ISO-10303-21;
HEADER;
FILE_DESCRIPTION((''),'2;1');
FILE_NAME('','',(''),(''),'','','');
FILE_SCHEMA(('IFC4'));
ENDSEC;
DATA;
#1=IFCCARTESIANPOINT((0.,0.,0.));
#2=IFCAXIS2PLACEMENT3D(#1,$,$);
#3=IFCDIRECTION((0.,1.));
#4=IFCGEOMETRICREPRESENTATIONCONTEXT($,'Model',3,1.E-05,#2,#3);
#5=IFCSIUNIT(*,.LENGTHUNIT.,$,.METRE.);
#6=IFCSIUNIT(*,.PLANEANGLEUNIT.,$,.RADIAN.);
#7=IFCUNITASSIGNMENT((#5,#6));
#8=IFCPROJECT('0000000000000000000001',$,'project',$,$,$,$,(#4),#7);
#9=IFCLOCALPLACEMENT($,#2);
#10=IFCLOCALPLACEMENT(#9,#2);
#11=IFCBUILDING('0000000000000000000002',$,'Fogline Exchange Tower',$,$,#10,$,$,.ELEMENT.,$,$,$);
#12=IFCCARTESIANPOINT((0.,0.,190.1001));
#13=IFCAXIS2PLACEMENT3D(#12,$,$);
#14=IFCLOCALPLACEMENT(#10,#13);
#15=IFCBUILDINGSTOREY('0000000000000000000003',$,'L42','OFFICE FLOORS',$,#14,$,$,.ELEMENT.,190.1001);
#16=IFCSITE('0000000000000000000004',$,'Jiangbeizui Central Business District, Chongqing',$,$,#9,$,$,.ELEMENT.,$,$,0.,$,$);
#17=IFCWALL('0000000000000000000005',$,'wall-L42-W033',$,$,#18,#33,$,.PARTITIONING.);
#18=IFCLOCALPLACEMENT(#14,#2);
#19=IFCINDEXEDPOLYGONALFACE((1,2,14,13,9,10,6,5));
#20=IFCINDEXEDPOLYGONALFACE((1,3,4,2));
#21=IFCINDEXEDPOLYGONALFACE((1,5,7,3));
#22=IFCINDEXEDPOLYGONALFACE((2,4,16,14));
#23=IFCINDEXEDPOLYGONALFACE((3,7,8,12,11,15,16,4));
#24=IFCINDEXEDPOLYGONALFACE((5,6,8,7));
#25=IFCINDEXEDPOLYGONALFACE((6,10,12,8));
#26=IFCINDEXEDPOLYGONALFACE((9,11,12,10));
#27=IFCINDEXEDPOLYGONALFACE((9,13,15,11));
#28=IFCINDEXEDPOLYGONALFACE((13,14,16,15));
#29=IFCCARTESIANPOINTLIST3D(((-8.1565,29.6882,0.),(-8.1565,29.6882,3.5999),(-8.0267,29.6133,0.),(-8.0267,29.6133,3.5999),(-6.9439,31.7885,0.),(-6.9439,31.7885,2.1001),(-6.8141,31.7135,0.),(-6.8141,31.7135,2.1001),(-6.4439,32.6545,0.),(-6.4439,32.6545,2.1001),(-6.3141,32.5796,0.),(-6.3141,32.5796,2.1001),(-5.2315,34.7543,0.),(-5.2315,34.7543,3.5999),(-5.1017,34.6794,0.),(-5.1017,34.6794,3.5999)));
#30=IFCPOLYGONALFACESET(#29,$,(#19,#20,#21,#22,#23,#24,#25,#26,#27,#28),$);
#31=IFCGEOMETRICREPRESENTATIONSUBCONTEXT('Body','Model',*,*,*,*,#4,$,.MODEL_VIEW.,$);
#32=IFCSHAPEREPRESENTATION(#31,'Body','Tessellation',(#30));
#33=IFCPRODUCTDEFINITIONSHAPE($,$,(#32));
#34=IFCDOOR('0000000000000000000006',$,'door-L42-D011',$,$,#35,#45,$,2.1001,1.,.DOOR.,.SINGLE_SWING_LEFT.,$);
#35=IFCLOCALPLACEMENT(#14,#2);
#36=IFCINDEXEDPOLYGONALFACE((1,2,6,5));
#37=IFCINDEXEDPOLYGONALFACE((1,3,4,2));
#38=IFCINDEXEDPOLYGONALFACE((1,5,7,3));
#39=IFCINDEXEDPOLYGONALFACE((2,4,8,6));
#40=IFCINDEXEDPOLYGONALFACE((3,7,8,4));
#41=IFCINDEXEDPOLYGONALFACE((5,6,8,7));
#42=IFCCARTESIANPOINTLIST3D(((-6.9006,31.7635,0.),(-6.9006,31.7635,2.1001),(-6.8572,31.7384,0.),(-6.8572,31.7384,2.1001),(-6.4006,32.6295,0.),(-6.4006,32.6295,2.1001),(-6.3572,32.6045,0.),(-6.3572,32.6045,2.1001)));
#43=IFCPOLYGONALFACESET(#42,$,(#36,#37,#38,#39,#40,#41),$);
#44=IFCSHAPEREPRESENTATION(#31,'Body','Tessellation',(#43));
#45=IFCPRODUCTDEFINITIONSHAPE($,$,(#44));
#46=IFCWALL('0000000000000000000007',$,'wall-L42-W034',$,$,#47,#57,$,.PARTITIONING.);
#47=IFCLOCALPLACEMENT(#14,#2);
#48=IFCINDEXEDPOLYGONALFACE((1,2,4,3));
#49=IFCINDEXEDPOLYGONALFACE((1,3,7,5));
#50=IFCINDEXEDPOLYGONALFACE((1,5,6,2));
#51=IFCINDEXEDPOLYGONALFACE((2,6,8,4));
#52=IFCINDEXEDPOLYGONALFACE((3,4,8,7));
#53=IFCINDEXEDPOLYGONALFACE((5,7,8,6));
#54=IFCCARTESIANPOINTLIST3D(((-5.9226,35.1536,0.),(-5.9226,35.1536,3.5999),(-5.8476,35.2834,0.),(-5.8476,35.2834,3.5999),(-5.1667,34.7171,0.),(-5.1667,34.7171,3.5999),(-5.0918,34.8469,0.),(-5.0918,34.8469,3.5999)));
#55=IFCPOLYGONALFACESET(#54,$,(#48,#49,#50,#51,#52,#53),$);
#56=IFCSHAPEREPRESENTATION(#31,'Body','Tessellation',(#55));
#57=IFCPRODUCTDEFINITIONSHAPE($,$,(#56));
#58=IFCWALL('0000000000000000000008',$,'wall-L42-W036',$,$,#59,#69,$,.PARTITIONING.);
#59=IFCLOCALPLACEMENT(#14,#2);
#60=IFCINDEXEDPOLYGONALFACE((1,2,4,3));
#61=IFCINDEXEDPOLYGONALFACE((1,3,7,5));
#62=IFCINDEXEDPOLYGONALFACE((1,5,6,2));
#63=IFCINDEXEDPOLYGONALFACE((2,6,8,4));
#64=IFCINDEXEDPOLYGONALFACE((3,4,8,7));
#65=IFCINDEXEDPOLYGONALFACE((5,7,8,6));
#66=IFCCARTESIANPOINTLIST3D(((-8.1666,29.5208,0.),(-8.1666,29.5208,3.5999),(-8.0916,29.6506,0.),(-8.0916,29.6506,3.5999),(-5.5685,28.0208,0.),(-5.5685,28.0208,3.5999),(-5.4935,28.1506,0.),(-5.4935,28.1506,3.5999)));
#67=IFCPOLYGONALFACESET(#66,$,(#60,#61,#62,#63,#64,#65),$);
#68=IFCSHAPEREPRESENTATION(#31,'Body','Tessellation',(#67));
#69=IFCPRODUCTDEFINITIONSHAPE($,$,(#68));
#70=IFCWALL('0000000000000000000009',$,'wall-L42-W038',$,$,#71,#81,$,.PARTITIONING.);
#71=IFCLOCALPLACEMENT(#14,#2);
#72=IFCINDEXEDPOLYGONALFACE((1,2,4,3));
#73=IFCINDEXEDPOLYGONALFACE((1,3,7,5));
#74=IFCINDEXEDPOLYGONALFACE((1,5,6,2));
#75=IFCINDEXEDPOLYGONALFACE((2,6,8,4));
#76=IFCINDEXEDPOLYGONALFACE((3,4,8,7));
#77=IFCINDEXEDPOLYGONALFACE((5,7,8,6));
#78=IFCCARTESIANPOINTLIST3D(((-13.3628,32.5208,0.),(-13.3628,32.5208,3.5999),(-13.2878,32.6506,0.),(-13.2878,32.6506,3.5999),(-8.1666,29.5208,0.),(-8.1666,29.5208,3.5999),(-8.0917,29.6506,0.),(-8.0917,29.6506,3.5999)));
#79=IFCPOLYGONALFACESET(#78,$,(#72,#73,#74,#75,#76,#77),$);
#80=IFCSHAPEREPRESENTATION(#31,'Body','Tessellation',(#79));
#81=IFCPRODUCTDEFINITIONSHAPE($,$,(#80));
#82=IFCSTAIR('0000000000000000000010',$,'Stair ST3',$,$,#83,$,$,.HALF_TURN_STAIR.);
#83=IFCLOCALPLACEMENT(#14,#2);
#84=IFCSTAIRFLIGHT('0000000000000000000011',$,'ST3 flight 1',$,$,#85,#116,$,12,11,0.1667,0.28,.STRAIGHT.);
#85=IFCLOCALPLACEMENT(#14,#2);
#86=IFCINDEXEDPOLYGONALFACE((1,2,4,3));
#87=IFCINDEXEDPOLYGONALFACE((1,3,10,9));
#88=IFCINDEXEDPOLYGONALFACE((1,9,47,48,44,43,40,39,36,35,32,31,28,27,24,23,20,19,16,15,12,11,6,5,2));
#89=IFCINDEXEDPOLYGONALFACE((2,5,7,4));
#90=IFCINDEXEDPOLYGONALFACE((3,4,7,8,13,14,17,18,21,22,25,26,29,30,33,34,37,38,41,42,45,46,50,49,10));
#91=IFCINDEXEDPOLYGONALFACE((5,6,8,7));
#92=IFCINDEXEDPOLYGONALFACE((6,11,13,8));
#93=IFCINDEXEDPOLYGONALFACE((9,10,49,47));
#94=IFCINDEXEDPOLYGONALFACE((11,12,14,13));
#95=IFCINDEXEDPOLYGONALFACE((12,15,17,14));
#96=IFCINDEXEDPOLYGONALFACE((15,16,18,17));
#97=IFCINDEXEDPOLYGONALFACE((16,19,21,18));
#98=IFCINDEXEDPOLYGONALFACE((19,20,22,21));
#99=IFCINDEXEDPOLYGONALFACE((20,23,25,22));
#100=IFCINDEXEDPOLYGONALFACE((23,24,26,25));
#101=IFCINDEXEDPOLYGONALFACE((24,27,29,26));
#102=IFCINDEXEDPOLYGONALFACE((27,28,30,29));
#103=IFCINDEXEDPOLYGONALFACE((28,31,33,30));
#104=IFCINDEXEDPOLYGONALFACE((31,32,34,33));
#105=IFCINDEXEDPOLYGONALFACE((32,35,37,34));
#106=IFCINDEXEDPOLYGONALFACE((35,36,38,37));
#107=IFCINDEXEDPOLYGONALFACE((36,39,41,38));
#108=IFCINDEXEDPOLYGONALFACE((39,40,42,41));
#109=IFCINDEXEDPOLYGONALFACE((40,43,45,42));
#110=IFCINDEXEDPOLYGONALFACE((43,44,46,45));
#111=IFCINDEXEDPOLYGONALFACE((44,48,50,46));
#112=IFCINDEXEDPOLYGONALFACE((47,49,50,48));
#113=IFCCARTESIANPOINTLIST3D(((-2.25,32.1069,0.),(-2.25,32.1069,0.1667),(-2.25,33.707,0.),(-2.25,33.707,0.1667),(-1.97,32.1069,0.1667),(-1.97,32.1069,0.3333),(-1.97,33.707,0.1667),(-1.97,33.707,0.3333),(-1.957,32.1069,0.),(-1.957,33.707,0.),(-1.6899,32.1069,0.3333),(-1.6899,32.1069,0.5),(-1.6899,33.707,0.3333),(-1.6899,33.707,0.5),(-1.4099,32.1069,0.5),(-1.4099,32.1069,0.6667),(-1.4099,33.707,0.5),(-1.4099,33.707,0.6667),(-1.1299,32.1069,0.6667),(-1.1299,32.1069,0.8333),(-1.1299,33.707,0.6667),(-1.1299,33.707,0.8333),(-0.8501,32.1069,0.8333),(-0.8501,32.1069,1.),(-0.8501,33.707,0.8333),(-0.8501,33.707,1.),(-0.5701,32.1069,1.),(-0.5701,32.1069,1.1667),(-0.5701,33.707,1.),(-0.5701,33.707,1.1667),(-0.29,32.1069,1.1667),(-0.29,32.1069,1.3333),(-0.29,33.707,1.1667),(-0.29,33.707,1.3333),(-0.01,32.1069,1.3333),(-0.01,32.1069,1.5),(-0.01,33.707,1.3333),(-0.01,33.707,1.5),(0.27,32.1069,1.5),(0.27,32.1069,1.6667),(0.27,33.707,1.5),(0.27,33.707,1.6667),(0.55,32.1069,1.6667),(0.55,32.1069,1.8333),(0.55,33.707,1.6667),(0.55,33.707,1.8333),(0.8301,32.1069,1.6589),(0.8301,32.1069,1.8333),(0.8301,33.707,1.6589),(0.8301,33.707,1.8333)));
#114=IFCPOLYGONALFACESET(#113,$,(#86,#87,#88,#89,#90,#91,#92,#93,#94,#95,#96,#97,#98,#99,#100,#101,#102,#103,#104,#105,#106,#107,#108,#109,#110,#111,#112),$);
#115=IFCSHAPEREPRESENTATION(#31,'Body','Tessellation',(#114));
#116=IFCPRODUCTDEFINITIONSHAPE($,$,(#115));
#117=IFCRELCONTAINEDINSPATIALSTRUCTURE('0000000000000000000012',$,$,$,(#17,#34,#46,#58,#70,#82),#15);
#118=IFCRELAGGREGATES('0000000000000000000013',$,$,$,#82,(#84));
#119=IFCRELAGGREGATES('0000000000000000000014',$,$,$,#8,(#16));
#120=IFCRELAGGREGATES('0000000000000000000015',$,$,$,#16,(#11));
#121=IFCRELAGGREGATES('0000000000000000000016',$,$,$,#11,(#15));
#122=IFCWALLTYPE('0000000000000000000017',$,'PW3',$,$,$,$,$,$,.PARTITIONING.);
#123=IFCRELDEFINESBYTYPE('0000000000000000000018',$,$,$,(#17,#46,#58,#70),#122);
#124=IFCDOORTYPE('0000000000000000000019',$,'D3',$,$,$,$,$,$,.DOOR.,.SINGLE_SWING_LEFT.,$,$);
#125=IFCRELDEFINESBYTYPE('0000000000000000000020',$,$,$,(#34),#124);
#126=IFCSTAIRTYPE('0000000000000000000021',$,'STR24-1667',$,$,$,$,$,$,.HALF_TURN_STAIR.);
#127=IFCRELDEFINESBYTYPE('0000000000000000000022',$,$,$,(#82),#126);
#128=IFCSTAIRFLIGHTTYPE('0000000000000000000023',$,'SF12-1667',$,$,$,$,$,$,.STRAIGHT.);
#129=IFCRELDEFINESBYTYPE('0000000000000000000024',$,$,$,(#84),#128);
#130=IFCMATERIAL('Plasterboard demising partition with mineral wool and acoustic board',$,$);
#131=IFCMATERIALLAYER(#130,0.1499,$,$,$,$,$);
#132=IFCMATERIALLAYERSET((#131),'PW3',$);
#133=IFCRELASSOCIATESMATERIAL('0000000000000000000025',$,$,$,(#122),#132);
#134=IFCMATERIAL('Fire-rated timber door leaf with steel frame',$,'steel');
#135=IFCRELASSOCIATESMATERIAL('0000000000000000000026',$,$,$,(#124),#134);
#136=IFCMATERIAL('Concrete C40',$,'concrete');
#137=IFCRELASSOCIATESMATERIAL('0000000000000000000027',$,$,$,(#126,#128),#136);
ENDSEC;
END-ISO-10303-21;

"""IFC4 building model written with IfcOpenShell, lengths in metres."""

from ifc_helpers import new_model, si_unit, direction, frame, frame_2d, origin, place, context, subcontext, project, spatial, polyline, rectangle, outline, extrude, material, layer, layer_set, type_object, element, fill, aggregate, save


model = new_model("IFC4")

# Units and contexts
model_context = context("Model", 3, precision=1e-05, world=origin(), true_north=direction((0.0, 1.0)))
body_context = subcontext(model_context, "Body", "Model", "MODEL_VIEW")
ifc_project = project(units=[si_unit("LENGTHUNIT", "METRE"), si_unit("PLANEANGLEUNIT", "RADIAN")], contexts=[model_context])

# Site, building, storey
site_placement = place(None, origin())
site = spatial("IfcSite", under=ifc_project, at=site_placement, Name="Jiangbeizui Central Business District, Chongqing", CompositionType="ELEMENT", RefElevation=0.0)
building_placement = place(site_placement, origin())
building = spatial("IfcBuilding", under=site, at=building_placement, Name="Fogline Exchange Tower", CompositionType="ELEMENT")
storey_placement = place(building_placement, frame((0.0, 0.0, 190.1001)))
storey = spatial("IfcBuildingStorey", under=building, at=storey_placement, Name="L42", Description="OFFICE FLOORS", CompositionType="ELEMENT", Elevation=190.1001)

# Shared definitions
ifc_material_1 = material(Name="Concrete C40", Category="concrete")

# Wall, opening, door
ifc_material_2 = material(Name="Plasterboard demising partition with mineral wool and acoustic board")
ifc_layer_1 = layer(ifc_material_2, 0.1499)
ifc_layer_set_1 = layer_set([ifc_layer_1], Name="PW3")
wall_type_1 = type_object("IfcWallType", Name="PW3", PredefinedType="PARTITIONING", material=ifc_layer_set_1)
wall_1_placement = place(storey_placement, frame((-8.0916, 29.6509, 0.0), z_axis=(0.0, 0.0, 1.0), x_axis=(0.500013, 0.866018, 0.0)))
wall_1 = element("IfcWall", 1, at=wall_1_placement, inside=storey, type_object=wall_type_1, Name="wall-L42-W033", PredefinedType="PARTITIONING", context=body_context, shape_type="SweptSolid", body=[
    extrude(rectangle(XDim=5.8499, YDim=0.1499, at=frame_2d((2.9248, 0.0))), origin(), (0.0, 0.0, 1.0), 3.5999),
])
opening_1_placement = place(wall_1_placement, frame((2.425, 0.0, 0.0)))
opening_1 = element("IfcOpeningElement", 2, at=opening_1_placement, cuts=wall_1, PredefinedType="OPENING", context=body_context, shape_type="SweptSolid", body=[
    extrude(rectangle(XDim=1.0, YDim=2.1001, at=frame_2d((0.5, 1.05))), frame((0.0, 0.085, 0.0), z_axis=(0.0, -1.0, 0.0), x_axis=(1.0, 0.0, 0.0)), (0.0, 0.0, 1.0), 0.1699),
])
ifc_material_3 = material(Name="Fire-rated timber door leaf with steel frame", Category="steel")
door_type_1 = type_object("IfcDoorType", Name="D3", OperationType="SINGLE_SWING_LEFT", PredefinedType="DOOR", material=ifc_material_3)
door_1_placement = place(opening_1_placement, origin())
door_1 = element("IfcDoor", 3, at=door_1_placement, inside=storey, type_object=door_type_1, Name="door-L42-D011", OperationType="SINGLE_SWING_LEFT", OverallHeight=2.1001, OverallWidth=1.0, PredefinedType="DOOR", context=body_context, shape_type="SweptSolid", body=[
    extrude(rectangle(XDim=1.0, YDim=2.1001, at=frame_2d((0.5, 1.05))), frame((0.0, 0.0249, 0.0), z_axis=(0.0, -1.0, 0.0), x_axis=(1.0, 0.0, 0.0)), (0.0, 0.0, 1.0), 0.05),
])
fill(opening_1, door_1)

# Walls
wall_2_placement = place(storey_placement, frame((-5.1292, 34.782, 0.0), z_axis=(0.0, 0.0, 1.0), x_axis=(-0.865962, 0.50011, 0.0)))
element("IfcWall", 4, at=wall_2_placement, inside=storey, type_object=wall_type_1, Name="wall-L42-W034", PredefinedType="PARTITIONING", context=body_context, shape_type="SweptSolid", body=[
    extrude(rectangle(XDim=0.8728, YDim=0.1499, at=frame_2d((0.4365, 0.0))), origin(), (0.0, 0.0, 1.0), 3.5999),
])
wall_3_placement = place(storey_placement, frame((-5.531, 28.0857, 0.0), z_axis=(0.0, 0.0, 1.0), x_axis=(-0.866031, 0.49999, 0.0)))
element("IfcWall", 5, at=wall_3_placement, inside=storey, type_object=wall_type_1, Name="wall-L42-W036", PredefinedType="PARTITIONING", context=body_context, shape_type="SweptSolid", body=[
    extrude(rectangle(XDim=3.0, YDim=0.1499, at=frame_2d((1.5, 0.0))), origin(), (0.0, 0.0, 1.0), 3.5999),
])
wall_4_placement = place(storey_placement, frame((-8.1292, 29.5857, 0.0), z_axis=(0.0, 0.0, 1.0), x_axis=(-0.866021, 0.500008, 0.0)))
element("IfcWall", 6, at=wall_4_placement, inside=storey, type_object=wall_type_1, Name="wall-L42-W038", PredefinedType="PARTITIONING", context=body_context, shape_type="SweptSolid", body=[
    extrude(rectangle(XDim=6.0, YDim=0.1499, at=frame_2d((3.0, 0.0))), origin(), (0.0, 0.0, 1.0), 3.5999),
])

# Stair, stair flight
stair_type = type_object("IfcStairType", Name="STR24-1667", PredefinedType="HALF_TURN_STAIR", material=ifc_material_1)
stair_placement = place(storey_placement, origin())
stair = element("IfcStair", 7, at=stair_placement, inside=storey, type_object=stair_type, Name="Stair ST3", PredefinedType="HALF_TURN_STAIR")
stair_flight_type = type_object("IfcStairFlightType", Name="SF12-1667", PredefinedType="STRAIGHT", material=ifc_material_1)
stair_flight_placement = place(storey_placement, frame((-2.25, 32.907, 0.0), z_axis=(0.0, 0.0, 1.0), x_axis=(1.0, 0.0, 0.0)))
stair_flight = element("IfcStairFlight", 8, at=stair_flight_placement, type_object=stair_flight_type, Name="ST3 flight 1", NumberOfRisers=12, NumberOfTreads=11, PredefinedType="STRAIGHT", RiserHeight=0.1667, TreadLength=0.28, context=body_context, shape_type="SweptSolid", body=[
    extrude(outline(polyline([(0.0, 0.0), (0.0, 0.1667), (0.28, 0.1667), (0.28, 0.3333), (0.5601, 0.3333), (0.5601, 0.5), (0.8401, 0.5), (0.8401, 0.6667), (1.1201, 0.6667), (1.1201, 0.8333), (1.3999, 0.8333), (1.3999, 1.0), (1.6799, 1.0), (1.6799, 1.1667), (1.96, 1.1667), (1.96, 1.3333), (2.24, 1.3333), (2.24, 1.5), (2.52, 1.5), (2.52, 1.6667), (2.8, 1.6667), (2.8, 1.8333), (3.0801, 1.8333), (3.0801, 2.0), (3.0801, 1.6589), (0.293, 0.0), (0.0, 0.0)])), frame((0.0, 0.8, 0.0), z_axis=(0.0, -1.0, 0.0), x_axis=(1.0, 0.0, 0.0)), (0.0, 0.0, 1.0), 1.6001),
])
aggregate(stair, [stair_flight])

save(model, "model.ifc")
